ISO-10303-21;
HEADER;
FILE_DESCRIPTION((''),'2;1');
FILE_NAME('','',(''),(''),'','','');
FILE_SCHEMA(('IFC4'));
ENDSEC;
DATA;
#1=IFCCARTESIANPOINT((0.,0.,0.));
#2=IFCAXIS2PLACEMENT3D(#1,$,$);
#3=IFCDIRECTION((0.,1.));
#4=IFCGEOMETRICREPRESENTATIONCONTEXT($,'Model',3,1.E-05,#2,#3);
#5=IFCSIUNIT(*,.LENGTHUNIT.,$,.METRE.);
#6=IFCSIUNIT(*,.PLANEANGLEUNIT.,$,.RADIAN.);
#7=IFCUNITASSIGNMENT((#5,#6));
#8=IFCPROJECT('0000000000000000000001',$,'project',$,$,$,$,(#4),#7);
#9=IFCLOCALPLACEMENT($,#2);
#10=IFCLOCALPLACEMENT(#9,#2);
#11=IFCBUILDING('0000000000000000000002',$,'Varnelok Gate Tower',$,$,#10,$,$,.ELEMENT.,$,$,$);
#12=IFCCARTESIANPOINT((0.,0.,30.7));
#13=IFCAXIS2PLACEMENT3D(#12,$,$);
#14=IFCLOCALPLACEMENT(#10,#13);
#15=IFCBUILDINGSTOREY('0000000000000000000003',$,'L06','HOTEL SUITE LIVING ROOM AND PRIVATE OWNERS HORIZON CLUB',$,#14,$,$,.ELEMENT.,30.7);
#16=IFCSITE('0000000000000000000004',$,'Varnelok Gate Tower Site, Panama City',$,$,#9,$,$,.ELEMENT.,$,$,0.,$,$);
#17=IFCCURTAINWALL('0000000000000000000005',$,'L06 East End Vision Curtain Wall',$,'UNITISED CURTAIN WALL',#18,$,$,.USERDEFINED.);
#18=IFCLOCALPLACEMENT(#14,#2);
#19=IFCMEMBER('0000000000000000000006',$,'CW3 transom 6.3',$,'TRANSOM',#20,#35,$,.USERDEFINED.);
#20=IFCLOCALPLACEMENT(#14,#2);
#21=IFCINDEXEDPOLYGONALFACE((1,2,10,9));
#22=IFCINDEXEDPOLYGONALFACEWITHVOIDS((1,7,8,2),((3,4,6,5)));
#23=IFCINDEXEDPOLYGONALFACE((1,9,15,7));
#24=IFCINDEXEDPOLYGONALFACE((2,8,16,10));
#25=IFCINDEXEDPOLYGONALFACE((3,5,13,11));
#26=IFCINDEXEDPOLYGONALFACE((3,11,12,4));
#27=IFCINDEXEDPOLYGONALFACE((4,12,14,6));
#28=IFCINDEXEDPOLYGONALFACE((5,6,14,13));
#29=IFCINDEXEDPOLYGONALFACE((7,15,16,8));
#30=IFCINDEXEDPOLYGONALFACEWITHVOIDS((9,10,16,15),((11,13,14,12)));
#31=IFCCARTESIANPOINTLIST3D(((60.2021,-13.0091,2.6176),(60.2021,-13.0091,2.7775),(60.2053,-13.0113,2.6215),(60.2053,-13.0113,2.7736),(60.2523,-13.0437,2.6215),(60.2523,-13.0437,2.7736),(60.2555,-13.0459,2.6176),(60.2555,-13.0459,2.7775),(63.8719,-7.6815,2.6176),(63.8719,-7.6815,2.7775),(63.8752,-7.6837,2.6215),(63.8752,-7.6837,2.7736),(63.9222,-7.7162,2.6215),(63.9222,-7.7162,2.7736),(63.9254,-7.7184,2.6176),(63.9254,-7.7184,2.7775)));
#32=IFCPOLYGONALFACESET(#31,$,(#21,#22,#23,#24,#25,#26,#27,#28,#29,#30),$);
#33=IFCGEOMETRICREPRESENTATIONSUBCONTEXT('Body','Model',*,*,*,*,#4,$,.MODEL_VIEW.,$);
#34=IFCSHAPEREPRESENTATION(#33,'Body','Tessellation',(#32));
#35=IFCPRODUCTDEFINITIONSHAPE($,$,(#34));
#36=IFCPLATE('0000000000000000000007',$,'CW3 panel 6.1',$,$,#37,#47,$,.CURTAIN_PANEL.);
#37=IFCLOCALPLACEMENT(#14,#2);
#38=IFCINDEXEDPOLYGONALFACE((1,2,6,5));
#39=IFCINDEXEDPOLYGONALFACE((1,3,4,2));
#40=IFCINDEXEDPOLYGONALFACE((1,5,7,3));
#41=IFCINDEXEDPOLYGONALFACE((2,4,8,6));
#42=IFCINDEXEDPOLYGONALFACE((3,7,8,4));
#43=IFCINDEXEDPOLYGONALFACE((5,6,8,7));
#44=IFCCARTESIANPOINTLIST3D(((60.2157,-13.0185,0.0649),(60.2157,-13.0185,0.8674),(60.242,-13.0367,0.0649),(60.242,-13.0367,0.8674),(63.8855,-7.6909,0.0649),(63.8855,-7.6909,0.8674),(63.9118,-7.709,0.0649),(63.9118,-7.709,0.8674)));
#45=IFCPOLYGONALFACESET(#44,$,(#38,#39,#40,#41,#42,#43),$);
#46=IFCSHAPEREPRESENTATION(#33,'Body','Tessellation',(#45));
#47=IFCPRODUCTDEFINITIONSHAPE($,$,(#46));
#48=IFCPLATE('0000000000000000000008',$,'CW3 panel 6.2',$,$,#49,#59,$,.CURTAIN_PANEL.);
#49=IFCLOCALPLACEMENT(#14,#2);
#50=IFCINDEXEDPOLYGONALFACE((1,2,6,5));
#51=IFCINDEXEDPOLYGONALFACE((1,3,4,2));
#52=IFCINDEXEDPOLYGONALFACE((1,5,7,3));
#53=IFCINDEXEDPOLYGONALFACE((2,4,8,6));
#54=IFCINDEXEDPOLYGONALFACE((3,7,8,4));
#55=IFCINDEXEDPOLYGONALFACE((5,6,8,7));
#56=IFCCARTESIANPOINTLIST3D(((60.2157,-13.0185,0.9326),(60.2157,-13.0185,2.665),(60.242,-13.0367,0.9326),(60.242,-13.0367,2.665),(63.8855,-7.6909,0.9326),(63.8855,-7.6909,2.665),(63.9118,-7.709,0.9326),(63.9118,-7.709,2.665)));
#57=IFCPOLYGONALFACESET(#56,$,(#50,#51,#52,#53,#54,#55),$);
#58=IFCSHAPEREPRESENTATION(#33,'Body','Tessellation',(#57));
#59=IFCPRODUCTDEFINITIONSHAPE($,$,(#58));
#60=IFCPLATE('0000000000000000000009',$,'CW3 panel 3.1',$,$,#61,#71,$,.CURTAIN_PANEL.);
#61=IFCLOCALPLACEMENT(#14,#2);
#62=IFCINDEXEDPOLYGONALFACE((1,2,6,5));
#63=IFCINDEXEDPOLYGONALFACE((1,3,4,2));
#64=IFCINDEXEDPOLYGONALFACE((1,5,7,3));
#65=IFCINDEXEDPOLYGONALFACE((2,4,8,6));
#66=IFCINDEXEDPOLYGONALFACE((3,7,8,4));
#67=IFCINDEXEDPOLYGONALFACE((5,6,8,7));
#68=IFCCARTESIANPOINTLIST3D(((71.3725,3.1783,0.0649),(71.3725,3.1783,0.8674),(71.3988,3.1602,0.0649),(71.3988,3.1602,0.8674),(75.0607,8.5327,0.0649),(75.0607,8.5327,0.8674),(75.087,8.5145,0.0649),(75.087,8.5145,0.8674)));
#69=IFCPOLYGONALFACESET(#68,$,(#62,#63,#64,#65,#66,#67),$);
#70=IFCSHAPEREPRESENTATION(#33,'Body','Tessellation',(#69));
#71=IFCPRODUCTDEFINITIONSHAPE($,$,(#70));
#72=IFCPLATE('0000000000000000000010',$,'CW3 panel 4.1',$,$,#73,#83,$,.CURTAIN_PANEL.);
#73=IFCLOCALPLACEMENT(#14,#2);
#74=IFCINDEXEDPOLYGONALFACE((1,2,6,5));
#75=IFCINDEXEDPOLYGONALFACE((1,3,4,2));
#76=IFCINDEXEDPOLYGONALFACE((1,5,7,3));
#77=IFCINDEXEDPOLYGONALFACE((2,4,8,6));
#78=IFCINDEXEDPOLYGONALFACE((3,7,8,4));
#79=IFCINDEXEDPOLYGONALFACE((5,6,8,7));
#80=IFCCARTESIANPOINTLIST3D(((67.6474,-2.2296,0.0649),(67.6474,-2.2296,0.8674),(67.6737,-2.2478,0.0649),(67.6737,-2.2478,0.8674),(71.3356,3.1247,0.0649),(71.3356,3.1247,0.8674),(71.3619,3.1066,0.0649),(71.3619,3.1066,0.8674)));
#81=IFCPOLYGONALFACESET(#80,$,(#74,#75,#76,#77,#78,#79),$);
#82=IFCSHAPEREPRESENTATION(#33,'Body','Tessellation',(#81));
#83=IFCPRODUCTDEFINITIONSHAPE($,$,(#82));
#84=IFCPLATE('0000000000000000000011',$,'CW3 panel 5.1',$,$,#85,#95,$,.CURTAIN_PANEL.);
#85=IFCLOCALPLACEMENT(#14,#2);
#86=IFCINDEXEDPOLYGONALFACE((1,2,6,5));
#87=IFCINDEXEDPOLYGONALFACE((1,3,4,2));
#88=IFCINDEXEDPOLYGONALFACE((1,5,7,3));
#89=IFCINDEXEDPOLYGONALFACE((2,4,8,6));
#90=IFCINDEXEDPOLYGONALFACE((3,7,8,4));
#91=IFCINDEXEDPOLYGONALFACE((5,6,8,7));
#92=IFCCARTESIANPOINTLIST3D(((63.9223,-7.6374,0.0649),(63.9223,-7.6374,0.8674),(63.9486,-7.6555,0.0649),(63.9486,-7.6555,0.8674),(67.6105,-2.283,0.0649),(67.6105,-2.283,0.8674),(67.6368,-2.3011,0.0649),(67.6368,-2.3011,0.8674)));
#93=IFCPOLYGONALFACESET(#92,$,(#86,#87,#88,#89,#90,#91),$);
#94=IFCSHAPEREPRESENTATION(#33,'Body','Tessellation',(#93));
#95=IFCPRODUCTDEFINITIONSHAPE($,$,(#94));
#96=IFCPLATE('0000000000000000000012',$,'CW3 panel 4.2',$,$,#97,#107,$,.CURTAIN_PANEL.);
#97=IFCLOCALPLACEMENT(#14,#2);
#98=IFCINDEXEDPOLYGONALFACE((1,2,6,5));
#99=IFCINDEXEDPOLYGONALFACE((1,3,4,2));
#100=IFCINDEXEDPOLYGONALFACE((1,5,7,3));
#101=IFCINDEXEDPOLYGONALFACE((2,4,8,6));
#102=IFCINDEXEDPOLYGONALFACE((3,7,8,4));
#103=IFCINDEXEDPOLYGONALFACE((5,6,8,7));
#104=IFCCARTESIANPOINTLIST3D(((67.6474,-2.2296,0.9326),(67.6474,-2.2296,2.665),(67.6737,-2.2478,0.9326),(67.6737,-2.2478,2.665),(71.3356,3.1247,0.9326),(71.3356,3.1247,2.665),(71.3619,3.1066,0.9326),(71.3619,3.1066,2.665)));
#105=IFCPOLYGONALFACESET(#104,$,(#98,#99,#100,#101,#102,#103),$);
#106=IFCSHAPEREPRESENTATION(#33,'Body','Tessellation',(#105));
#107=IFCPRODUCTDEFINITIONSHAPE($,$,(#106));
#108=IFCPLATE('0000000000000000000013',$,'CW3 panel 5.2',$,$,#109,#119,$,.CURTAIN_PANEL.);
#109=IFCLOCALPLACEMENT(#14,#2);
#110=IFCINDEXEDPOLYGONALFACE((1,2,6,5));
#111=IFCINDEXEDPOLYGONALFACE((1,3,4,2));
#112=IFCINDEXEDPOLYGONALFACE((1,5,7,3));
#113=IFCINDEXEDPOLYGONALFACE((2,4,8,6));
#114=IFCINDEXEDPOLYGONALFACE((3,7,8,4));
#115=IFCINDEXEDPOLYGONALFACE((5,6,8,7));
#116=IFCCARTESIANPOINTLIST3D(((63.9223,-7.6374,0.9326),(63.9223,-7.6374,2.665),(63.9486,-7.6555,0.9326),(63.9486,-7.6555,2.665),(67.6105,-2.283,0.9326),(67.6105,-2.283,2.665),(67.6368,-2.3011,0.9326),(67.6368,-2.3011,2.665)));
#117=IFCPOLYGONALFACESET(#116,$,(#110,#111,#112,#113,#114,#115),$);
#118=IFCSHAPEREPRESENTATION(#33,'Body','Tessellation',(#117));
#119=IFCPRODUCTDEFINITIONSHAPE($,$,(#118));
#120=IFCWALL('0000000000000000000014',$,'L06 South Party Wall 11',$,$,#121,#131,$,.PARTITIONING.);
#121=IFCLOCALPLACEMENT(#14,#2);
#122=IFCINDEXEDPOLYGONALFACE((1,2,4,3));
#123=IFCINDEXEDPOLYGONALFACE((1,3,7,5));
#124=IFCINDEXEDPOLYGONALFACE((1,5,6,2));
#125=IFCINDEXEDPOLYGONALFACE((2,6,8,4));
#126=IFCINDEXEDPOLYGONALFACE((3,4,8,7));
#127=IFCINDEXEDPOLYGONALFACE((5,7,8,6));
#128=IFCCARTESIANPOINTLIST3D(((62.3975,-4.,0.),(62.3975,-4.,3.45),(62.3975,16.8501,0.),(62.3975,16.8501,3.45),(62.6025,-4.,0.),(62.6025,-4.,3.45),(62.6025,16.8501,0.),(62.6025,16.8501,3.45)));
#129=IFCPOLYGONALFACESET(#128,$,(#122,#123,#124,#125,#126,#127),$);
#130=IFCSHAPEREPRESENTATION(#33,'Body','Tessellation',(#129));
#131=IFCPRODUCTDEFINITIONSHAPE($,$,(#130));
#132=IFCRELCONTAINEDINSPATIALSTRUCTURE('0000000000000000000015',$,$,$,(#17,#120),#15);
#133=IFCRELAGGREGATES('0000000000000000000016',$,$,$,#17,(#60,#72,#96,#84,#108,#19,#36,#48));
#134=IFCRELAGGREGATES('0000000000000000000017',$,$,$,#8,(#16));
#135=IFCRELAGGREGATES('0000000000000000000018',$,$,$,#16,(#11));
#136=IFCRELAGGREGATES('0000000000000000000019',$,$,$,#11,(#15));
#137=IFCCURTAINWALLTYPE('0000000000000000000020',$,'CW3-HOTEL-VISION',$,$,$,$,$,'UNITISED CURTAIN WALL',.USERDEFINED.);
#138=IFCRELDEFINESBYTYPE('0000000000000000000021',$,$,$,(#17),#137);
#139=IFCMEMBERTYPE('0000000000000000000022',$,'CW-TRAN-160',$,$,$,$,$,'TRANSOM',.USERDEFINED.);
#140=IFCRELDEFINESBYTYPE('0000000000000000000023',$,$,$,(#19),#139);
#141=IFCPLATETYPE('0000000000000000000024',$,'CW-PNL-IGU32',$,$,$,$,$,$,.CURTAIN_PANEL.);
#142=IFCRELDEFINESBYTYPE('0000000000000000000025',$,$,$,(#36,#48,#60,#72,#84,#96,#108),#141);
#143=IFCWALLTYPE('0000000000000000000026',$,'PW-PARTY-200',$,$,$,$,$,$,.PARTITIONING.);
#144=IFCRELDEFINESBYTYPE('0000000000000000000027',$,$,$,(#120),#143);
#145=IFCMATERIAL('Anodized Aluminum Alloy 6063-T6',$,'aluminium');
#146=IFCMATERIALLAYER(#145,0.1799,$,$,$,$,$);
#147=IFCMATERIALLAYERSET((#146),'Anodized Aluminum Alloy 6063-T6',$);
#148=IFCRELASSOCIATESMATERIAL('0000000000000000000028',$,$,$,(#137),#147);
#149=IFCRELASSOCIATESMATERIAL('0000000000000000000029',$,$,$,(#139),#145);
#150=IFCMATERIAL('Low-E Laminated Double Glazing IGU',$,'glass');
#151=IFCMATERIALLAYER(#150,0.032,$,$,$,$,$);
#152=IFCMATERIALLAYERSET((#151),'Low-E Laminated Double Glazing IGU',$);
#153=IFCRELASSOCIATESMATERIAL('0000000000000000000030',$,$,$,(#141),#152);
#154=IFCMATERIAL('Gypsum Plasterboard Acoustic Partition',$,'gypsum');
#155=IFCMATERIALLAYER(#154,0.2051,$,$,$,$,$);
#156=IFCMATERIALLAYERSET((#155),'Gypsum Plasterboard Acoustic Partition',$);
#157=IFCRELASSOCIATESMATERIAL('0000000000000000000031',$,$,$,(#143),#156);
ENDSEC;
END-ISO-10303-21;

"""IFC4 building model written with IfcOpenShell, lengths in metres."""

from ifc_helpers import new_model, si_unit, direction, frame, frame_2d, origin, origin_2d, place, context, subcontext, project, spatial, rectangle, hollow_rectangle, extrude, source, transform, mapped, material, layer, layer_set, material_profile, profile_set, type_object, element, aggregate, save


model = new_model("IFC4")

# Units and contexts
model_context = context("Model", 3, precision=1e-05, world=origin(), true_north=direction((0.0, 1.0)))
body_context = subcontext(model_context, "Body", "Model", "MODEL_VIEW")
ifc_project = project(units=[si_unit("LENGTHUNIT", "METRE"), si_unit("PLANEANGLEUNIT", "RADIAN")], contexts=[model_context])

# Site, building, storey
site_placement = place(None, origin())
site = spatial("IfcSite", under=ifc_project, at=site_placement, Name="Varnelok Gate Tower Site, Panama City", CompositionType="ELEMENT", RefElevation=0.0)
building_placement = place(site_placement, origin())
building = spatial("IfcBuilding", under=site, at=building_placement, Name="Varnelok Gate Tower", CompositionType="ELEMENT")
storey_placement = place(building_placement, frame((0.0, 0.0, 30.7)))
storey = spatial("IfcBuildingStorey", under=building, at=storey_placement, Name="L06", Description="HOTEL SUITE LIVING ROOM AND PRIVATE OWNERS HORIZON CLUB", CompositionType="ELEMENT", Elevation=30.7)

# Curtain wall, member, plates
ifc_material_1 = material(Name="Anodized Aluminum Alloy 6063-T6", Category="aluminium")
ifc_layer_1 = layer(ifc_material_1, 0.1799)
ifc_layer_set_1 = layer_set([ifc_layer_1], Name="Anodized Aluminum Alloy 6063-T6")
curtain_wall_type = type_object("IfcCurtainWallType", Name="CW3-HOTEL-VISION", ElementType="UNITISED CURTAIN WALL", PredefinedType="USERDEFINED", material=ifc_layer_set_1)
curtain_wall_placement = place(storey_placement, origin())
curtain_wall = element("IfcCurtainWall", 1, at=curtain_wall_placement, inside=storey, type_object=curtain_wall_type, Name="L06 East End Vision Curtain Wall", ObjectType="UNITISED CURTAIN WALL", PredefinedType="USERDEFINED")
ifc_material_profile_1 = material_profile(ifc_material_1, hollow_rectangle(XDim=0.0649, YDim=0.1599, WallThickness=0.0039, at=origin_2d()), Name="ALU160X65X4")
ifc_profile_set_1 = profile_set([ifc_material_profile_1], Name="Anodized Aluminum Alloy 6063-T6")
member_type_1 = type_object("IfcMemberType", Name="CW-TRAN-160", ElementType="TRANSOM", PredefinedType="USERDEFINED", material=ifc_profile_set_1)
member_1_placement = place(storey_placement, frame((63.8987, -7.7, 2.6975), z_axis=(-0.567281, -0.823524, 0.0), x_axis=(0.823524, -0.567281, 0.0)))
member_1 = element("IfcMember", 2, at=member_1_placement, type_object=member_type_1, Name="CW3 transom 6.3", ObjectType="TRANSOM", PredefinedType="USERDEFINED", context=body_context, shape_type="SweptSolid", body=[
    extrude(hollow_rectangle(XDim=0.0649, YDim=0.1599, WallThickness=0.0039, at=origin_2d()), origin(), (0.0, 0.0, 1.0), 6.4692),
])
ifc_material_2 = material(Name="Low-E Laminated Double Glazing IGU", Category="glass")
ifc_layer_2 = layer(ifc_material_2, 0.032)
ifc_layer_set_2 = layer_set([ifc_layer_2], Name="Low-E Laminated Double Glazing IGU")
plate_type = type_object("IfcPlateType", Name="CW-PNL-IGU32", PredefinedType="CURTAIN_PANEL", material=ifc_layer_set_2)
shared_shape_1 = source(origin(), body_context, "Body", "SweptSolid", [
    extrude(rectangle(XDim=6.4692, YDim=0.032, at=origin_2d()), origin(), (0.0, 0.0, 1.0), 0.8025),
])
plate_1_placement = place(storey_placement, frame((62.0637, -10.3638, 0.0649), z_axis=(0.0, 0.0, 1.0), x_axis=(-0.567269, -0.823533, 0.0)))
plate_1 = element("IfcPlate", 3, at=plate_1_placement, type_object=plate_type, Name="CW3 panel 6.1", PredefinedType="CURTAIN_PANEL", context=body_context, shape_type="MappedRepresentation", body=[
    mapped(shared_shape_1, transform((0.0, 0.0, 0.0), scale=1.0)),
])
shared_shape_2 = source(origin(), body_context, "Body", "SweptSolid", [
    extrude(rectangle(XDim=6.4692, YDim=0.032, at=origin_2d()), origin(), (0.0, 0.0, 1.0), 1.7324),
])
plate_2_placement = place(storey_placement, frame((62.0637, -10.3638, 0.9326), z_axis=(0.0, 0.0, 1.0), x_axis=(-0.567269, -0.823533, 0.0)))
plate_2 = element("IfcPlate", 4, at=plate_2_placement, type_object=plate_type, Name="CW3 panel 6.2", PredefinedType="CURTAIN_PANEL", context=body_context, shape_type="MappedRepresentation", body=[
    mapped(shared_shape_2, transform((0.0, 0.0, 0.0), scale=1.0)),
])
shared_shape_3 = source(origin(), body_context, "Body", "SweptSolid", [
    extrude(rectangle(XDim=6.5017, YDim=0.032, at=origin_2d()), origin(), (0.0, 0.0, 1.0), 0.8025),
])
plate_3_placement = place(storey_placement, frame((73.2297, 5.8464, 0.0649), z_axis=(0.0, 0.0, 1.0), x_axis=(-0.567269, -0.823533, 0.0)))
plate_3 = element("IfcPlate", 5, at=plate_3_placement, type_object=plate_type, Name="CW3 panel 3.1", PredefinedType="CURTAIN_PANEL", context=body_context, shape_type="MappedRepresentation", body=[
    mapped(shared_shape_3, transform((0.0, 0.0, 0.0), scale=1.0)),
])
plate_4_placement = place(storey_placement, frame((69.5046, 0.4385, 0.0649), z_axis=(0.0, 0.0, 1.0), x_axis=(-0.567269, -0.823533, 0.0)))
plate_4 = element("IfcPlate", 6, at=plate_4_placement, type_object=plate_type, Name="CW3 panel 4.1", PredefinedType="CURTAIN_PANEL", context=body_context, shape_type="MappedRepresentation", body=[
    mapped(shared_shape_3, transform((0.0, 0.0, 0.0), scale=1.0)),
])
plate_5_placement = place(storey_placement, frame((65.7795, -4.9692, 0.0649), z_axis=(0.0, 0.0, 1.0), x_axis=(-0.567269, -0.823533, 0.0)))
plate_5 = element("IfcPlate", 7, at=plate_5_placement, type_object=plate_type, Name="CW3 panel 5.1", PredefinedType="CURTAIN_PANEL", context=body_context, shape_type="MappedRepresentation", body=[
    mapped(shared_shape_3, transform((0.0, 0.0, 0.0), scale=1.0)),
])
shared_shape_4 = source(origin(), body_context, "Body", "SweptSolid", [
    extrude(rectangle(XDim=6.5017, YDim=0.032, at=origin_2d()), origin(), (0.0, 0.0, 1.0), 1.7324),
])
plate_6_placement = place(storey_placement, frame((69.5046, 0.4385, 0.9326), z_axis=(0.0, 0.0, 1.0), x_axis=(-0.567269, -0.823533, 0.0)))
plate_6 = element("IfcPlate", 8, at=plate_6_placement, type_object=plate_type, Name="CW3 panel 4.2", PredefinedType="CURTAIN_PANEL", context=body_context, shape_type="MappedRepresentation", body=[
    mapped(shared_shape_4, transform((0.0, 0.0, 0.0), scale=1.0)),
])
plate_7_placement = place(storey_placement, frame((65.7795, -4.9692, 0.9326), z_axis=(0.0, 0.0, 1.0), x_axis=(-0.567269, -0.823533, 0.0)))
plate_7 = element("IfcPlate", 9, at=plate_7_placement, type_object=plate_type, Name="CW3 panel 5.2", PredefinedType="CURTAIN_PANEL", context=body_context, shape_type="MappedRepresentation", body=[
    mapped(shared_shape_4, transform((0.0, 0.0, 0.0), scale=1.0)),
])
aggregate(curtain_wall, [plate_3, plate_4, plate_6, plate_5, plate_7, member_1, plate_1, plate_2])

# Wall
ifc_material_3 = material(Name="Gypsum Plasterboard Acoustic Partition", Category="gypsum")
ifc_layer_3 = layer(ifc_material_3, 0.2051)
ifc_layer_set_3 = layer_set([ifc_layer_3], Name="Gypsum Plasterboard Acoustic Partition")
wall_type = type_object("IfcWallType", Name="PW-PARTY-200", PredefinedType="PARTITIONING", material=ifc_layer_set_3)
wall_placement = place(storey_placement, frame((62.5, -4.0, 0.0), z_axis=(0.0, 0.0, 1.0), x_axis=(0.0, 1.0, 0.0)))
element("IfcWall", 10, at=wall_placement, inside=storey, type_object=wall_type, Name="L06 South Party Wall 11", PredefinedType="PARTITIONING", context=body_context, shape_type="SweptSolid", body=[
    extrude(rectangle(XDim=20.8501, YDim=0.2051, at=frame_2d((10.425, 0.0))), origin(), (0.0, 0.0, 1.0), 3.45),
])

save(model, "model.ifc")
